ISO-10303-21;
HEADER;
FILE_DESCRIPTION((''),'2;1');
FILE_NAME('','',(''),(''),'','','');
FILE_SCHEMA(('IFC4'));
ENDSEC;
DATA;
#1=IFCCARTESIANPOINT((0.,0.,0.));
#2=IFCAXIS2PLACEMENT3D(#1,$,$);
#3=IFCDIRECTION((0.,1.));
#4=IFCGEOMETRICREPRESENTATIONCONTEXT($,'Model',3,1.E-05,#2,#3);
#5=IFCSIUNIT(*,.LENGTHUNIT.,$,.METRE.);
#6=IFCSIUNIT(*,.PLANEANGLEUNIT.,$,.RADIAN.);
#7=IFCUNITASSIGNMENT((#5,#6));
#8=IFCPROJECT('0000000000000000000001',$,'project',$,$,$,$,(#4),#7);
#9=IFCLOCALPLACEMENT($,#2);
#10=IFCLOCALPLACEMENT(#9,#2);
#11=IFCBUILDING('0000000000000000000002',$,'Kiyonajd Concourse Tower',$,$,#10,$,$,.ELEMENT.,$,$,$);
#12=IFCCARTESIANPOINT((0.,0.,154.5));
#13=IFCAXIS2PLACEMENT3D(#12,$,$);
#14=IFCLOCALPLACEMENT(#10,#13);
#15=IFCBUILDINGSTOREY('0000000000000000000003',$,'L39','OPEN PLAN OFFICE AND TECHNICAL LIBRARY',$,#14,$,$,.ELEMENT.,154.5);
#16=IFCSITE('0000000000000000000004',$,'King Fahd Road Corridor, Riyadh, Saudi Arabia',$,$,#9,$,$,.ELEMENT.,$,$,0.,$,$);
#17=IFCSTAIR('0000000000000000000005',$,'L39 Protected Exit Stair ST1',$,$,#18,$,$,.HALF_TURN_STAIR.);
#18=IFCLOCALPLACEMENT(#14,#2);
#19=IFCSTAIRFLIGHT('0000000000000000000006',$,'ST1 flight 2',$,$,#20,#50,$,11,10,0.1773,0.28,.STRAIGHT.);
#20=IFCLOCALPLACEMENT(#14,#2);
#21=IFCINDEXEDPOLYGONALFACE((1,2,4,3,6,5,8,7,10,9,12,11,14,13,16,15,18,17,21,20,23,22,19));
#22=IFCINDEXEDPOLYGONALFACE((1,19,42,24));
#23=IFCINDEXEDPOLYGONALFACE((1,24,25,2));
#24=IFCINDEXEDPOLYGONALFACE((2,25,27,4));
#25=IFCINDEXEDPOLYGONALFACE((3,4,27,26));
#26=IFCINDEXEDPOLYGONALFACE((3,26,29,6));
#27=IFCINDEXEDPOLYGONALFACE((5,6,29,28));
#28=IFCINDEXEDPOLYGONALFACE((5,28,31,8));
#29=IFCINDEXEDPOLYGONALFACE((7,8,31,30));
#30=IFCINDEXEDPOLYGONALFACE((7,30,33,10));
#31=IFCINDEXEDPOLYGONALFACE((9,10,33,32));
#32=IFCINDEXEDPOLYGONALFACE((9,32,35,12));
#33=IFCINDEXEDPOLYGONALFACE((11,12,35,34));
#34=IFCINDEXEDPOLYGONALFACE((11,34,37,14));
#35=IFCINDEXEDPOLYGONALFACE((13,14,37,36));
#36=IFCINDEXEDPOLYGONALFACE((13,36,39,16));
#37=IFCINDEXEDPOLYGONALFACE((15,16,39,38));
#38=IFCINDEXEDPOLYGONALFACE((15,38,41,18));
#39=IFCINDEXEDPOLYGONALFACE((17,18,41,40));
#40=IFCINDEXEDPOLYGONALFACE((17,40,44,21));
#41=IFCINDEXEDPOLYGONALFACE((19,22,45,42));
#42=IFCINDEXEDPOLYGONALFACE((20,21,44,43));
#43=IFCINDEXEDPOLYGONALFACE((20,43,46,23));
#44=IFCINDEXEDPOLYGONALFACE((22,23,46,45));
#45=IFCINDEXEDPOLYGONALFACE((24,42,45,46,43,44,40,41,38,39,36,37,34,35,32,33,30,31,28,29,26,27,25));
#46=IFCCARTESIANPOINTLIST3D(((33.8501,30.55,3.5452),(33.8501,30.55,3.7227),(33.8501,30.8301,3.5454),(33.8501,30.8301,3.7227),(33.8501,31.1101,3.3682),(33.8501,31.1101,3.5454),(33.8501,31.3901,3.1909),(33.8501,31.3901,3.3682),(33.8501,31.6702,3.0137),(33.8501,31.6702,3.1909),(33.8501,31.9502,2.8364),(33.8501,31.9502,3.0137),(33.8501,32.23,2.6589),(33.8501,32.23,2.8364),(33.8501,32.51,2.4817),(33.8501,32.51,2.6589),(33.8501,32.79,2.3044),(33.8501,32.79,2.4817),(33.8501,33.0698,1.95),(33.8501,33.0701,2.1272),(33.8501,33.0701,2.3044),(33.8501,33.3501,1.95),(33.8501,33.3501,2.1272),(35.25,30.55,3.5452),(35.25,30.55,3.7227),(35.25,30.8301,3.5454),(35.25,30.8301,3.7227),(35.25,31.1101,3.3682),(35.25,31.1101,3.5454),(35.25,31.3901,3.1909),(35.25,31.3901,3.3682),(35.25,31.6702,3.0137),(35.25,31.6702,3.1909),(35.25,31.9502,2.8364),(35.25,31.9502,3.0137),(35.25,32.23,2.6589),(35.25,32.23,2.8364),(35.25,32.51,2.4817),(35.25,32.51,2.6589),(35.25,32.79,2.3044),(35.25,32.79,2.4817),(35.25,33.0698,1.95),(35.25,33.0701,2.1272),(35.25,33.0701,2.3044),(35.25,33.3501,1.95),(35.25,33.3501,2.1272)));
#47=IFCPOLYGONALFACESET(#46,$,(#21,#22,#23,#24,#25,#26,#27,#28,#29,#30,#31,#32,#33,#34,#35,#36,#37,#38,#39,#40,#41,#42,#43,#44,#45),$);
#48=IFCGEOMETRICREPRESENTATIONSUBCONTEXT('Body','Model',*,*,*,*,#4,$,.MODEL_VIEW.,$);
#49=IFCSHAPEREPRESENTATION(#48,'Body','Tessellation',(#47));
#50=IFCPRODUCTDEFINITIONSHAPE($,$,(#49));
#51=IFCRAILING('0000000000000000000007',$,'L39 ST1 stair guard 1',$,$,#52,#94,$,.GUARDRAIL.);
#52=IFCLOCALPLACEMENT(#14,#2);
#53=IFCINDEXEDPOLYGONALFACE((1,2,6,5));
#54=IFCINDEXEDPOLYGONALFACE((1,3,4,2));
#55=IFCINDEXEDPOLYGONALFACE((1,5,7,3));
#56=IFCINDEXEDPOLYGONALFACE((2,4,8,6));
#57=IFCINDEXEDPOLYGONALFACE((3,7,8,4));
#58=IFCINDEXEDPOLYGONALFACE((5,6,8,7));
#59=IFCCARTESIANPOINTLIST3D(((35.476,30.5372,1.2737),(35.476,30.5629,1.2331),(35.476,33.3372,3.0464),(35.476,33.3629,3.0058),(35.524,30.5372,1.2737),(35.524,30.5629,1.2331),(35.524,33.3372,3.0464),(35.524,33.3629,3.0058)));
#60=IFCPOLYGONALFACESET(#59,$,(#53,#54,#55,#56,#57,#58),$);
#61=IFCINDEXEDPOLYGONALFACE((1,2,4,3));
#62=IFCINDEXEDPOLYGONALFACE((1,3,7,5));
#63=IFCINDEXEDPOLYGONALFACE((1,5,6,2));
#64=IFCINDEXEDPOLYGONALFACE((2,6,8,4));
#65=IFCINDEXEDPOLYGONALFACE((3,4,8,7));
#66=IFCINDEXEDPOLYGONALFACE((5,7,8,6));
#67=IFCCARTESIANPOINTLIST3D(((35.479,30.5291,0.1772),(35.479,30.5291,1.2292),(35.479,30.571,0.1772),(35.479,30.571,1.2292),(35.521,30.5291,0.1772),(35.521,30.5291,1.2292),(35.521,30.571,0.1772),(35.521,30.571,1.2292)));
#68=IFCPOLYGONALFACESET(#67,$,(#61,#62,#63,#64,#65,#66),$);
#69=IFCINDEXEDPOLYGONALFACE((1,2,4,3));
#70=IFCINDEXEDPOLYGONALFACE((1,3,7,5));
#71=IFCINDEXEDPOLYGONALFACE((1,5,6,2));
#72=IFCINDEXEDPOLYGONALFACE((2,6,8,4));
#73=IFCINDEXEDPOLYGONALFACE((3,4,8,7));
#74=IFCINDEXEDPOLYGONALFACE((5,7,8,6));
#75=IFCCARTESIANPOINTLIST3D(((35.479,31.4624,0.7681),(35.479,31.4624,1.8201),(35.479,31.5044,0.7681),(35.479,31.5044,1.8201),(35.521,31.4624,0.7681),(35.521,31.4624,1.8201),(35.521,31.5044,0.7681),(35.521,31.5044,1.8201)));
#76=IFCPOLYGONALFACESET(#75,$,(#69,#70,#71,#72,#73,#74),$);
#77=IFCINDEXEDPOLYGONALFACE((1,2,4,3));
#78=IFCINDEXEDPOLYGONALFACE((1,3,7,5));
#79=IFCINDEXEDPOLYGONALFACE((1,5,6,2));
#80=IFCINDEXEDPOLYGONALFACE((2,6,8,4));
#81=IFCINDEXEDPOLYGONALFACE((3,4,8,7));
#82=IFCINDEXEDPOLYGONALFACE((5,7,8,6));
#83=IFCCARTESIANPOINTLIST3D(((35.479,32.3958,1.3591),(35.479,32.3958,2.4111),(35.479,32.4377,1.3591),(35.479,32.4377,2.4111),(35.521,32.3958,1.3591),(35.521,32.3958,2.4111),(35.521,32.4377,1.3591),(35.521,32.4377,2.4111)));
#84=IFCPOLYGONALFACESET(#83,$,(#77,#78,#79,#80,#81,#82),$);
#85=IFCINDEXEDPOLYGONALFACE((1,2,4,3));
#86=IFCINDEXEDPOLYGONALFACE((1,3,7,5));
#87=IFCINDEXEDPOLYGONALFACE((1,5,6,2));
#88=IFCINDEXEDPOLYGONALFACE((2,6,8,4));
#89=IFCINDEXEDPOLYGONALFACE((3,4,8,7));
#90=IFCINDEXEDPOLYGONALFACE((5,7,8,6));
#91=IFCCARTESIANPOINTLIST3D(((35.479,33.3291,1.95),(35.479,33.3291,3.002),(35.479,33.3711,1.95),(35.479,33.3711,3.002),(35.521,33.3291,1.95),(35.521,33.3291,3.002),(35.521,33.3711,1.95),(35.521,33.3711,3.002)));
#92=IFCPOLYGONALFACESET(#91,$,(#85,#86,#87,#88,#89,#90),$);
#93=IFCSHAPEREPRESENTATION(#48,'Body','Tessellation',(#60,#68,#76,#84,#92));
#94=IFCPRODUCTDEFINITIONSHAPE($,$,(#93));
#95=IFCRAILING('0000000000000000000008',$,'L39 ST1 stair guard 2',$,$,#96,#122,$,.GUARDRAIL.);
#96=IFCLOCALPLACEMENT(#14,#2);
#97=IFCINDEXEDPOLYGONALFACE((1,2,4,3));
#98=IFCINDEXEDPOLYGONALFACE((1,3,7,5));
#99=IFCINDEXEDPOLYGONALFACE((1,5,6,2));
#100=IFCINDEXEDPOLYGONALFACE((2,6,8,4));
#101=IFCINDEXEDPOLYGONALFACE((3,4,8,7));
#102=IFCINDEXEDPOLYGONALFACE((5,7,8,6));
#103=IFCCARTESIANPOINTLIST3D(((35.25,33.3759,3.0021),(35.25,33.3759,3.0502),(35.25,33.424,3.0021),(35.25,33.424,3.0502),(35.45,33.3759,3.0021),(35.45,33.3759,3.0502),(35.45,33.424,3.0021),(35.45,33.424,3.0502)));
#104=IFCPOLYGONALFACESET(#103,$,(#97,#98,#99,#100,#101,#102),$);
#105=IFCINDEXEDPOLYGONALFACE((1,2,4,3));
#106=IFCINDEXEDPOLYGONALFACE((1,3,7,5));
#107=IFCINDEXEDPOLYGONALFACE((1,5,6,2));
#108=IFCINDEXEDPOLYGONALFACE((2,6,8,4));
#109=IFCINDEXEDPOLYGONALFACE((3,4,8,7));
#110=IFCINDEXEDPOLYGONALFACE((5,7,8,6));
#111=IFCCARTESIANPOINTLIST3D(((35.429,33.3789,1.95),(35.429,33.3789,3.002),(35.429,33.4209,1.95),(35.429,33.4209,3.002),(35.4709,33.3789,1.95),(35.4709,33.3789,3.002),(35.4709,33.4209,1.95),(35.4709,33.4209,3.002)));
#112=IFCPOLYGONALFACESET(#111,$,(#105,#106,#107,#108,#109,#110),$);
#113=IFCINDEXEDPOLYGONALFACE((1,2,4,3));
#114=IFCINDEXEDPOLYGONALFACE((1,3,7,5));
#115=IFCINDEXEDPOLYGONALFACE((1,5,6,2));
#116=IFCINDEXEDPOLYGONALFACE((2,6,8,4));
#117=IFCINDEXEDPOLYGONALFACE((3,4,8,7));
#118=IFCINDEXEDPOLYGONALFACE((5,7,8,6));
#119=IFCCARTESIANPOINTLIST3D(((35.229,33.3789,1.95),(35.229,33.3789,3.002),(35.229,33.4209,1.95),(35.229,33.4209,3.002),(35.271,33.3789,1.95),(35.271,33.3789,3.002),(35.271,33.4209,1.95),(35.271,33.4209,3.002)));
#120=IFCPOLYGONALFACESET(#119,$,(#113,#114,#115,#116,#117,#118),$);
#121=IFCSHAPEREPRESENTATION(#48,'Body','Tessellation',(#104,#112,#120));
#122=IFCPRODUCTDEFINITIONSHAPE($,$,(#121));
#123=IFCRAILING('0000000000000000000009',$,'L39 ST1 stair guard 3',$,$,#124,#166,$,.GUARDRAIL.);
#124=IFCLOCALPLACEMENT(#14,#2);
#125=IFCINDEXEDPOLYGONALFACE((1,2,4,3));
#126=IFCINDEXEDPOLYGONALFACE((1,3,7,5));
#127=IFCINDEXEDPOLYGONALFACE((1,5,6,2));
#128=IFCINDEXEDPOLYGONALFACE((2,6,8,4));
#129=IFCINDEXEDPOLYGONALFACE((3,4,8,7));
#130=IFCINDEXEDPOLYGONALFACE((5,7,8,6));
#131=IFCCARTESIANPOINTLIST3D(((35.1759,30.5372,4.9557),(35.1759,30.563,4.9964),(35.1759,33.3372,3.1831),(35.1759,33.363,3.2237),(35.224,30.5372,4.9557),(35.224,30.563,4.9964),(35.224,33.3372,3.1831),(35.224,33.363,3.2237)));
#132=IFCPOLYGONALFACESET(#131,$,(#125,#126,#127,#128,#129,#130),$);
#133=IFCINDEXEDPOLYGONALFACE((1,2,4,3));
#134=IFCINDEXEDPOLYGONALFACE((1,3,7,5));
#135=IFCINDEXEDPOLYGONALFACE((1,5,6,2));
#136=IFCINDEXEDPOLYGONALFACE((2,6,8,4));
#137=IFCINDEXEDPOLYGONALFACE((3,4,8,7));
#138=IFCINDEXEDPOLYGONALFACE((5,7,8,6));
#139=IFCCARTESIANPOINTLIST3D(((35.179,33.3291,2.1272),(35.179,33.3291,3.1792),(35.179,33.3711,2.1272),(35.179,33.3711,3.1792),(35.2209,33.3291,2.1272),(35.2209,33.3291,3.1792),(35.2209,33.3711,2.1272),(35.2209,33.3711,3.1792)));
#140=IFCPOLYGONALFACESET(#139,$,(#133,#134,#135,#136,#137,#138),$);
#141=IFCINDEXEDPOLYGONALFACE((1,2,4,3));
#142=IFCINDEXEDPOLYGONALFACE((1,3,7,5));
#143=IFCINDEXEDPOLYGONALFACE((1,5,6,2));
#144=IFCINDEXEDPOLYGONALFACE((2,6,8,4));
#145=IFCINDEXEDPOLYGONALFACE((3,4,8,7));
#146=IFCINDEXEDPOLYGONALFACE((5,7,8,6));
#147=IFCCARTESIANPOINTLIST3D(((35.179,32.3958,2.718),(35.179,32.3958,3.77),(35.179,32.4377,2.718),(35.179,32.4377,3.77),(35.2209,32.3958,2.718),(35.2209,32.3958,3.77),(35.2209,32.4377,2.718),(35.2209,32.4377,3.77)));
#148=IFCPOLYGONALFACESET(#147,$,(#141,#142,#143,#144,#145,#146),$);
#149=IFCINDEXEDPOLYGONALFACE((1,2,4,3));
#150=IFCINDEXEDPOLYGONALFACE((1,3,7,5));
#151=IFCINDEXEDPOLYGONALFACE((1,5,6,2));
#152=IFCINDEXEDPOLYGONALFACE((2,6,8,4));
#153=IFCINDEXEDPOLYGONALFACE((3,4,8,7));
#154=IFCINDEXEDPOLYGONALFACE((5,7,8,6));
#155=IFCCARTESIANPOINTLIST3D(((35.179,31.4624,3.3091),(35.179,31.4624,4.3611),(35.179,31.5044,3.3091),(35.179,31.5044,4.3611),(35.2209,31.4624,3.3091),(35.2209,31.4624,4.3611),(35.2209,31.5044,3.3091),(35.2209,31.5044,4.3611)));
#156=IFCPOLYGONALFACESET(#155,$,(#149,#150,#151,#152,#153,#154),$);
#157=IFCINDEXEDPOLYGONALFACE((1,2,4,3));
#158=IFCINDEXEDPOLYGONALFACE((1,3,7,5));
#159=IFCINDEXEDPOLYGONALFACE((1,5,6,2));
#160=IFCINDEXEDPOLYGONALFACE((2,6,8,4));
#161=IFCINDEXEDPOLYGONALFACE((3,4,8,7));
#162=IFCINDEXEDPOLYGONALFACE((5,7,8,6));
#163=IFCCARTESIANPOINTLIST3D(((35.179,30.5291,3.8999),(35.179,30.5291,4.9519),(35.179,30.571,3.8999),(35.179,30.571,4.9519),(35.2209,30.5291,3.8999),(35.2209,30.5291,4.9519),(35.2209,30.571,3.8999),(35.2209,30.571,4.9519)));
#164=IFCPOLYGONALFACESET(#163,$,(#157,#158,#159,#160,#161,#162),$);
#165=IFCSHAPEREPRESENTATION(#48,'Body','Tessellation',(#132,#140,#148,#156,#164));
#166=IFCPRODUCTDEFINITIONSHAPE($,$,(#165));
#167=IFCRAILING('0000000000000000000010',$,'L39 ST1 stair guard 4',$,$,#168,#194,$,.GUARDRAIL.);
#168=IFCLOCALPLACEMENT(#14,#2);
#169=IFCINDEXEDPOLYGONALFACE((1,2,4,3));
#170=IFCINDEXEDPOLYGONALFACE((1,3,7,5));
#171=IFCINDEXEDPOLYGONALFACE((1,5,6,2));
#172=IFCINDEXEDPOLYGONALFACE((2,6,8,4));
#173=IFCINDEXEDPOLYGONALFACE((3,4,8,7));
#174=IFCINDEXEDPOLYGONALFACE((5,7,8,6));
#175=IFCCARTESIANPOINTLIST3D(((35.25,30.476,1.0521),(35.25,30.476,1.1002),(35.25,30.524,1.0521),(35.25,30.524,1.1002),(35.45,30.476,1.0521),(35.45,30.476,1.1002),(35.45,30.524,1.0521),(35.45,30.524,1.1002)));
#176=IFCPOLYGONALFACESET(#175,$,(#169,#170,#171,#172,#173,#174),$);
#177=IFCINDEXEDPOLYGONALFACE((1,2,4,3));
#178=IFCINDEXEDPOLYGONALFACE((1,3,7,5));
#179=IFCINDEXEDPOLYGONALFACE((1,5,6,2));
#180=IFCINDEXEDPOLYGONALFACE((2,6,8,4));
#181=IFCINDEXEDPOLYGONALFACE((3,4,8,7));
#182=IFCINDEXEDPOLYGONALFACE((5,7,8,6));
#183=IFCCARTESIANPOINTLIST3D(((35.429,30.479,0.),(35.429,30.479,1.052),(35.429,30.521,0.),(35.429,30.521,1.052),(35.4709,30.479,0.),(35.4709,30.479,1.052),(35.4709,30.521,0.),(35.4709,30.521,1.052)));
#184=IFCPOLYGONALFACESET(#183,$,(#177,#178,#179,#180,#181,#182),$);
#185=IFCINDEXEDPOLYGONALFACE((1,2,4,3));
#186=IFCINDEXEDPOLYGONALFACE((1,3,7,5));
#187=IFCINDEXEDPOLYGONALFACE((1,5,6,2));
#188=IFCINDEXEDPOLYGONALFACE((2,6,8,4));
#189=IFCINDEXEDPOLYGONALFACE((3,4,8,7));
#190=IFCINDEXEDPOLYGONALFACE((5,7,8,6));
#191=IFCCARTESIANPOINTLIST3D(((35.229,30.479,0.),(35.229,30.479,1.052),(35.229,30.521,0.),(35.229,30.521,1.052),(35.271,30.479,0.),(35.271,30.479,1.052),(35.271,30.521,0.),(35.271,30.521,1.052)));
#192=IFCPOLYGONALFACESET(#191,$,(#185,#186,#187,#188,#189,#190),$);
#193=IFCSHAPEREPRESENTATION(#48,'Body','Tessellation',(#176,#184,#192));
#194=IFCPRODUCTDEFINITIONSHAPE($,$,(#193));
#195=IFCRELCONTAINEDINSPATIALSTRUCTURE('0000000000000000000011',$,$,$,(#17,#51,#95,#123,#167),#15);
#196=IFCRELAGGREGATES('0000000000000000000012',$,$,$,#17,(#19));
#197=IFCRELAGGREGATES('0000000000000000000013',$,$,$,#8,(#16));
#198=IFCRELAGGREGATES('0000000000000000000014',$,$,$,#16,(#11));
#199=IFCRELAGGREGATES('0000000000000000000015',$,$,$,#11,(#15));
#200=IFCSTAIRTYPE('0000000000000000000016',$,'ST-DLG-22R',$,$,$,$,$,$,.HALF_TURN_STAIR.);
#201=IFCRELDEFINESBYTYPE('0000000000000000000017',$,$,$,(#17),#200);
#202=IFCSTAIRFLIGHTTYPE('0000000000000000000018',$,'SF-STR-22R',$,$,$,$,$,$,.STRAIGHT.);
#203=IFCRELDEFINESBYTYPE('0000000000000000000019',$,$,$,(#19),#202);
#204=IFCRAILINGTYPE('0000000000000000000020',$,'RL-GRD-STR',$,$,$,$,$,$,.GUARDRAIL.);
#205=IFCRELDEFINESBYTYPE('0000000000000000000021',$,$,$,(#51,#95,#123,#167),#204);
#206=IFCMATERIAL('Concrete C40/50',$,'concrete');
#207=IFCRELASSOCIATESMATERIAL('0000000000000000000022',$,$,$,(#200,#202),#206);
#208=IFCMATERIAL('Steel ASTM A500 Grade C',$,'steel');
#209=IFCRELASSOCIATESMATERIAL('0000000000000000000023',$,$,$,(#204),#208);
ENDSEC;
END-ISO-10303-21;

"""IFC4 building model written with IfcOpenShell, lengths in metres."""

from ifc_helpers import new_model, si_unit, direction, frame, origin, origin_2d, place, context, subcontext, project, spatial, polyline, rectangle, outline, extrude, material, type_object, element, aggregate, save


model = new_model("IFC4")

# Units and contexts
model_context = context("Model", 3, precision=1e-05, world=origin(), true_north=direction((0.0, 1.0)))
body_context = subcontext(model_context, "Body", "Model", "MODEL_VIEW")
ifc_project = project(units=[si_unit("LENGTHUNIT", "METRE"), si_unit("PLANEANGLEUNIT", "RADIAN")], contexts=[model_context])

# Site, building, storey
site_placement = place(None, origin())
site = spatial("IfcSite", under=ifc_project, at=site_placement, Name="King Fahd Road Corridor, Riyadh, Saudi Arabia", CompositionType="ELEMENT", RefElevation=0.0)
building_placement = place(site_placement, origin())
building = spatial("IfcBuilding", under=site, at=building_placement, Name="Kiyonajd Concourse Tower", CompositionType="ELEMENT")
storey_placement = place(building_placement, frame((0.0, 0.0, 154.5)))
storey = spatial("IfcBuildingStorey", under=building, at=storey_placement, Name="L39", Description="OPEN PLAN OFFICE AND TECHNICAL LIBRARY", CompositionType="ELEMENT", Elevation=154.5)

# Stair, stair flight
ifc_material_1 = material(Name="Concrete C40/50", Category="concrete")
stair_type = type_object("IfcStairType", Name="ST-DLG-22R", PredefinedType="HALF_TURN_STAIR", material=ifc_material_1)
stair_placement = place(storey_placement, origin())
stair = element("IfcStair", 1, at=stair_placement, inside=storey, type_object=stair_type, Name="L39 Protected Exit Stair ST1", PredefinedType="HALF_TURN_STAIR")
stair_flight_type = type_object("IfcStairFlightType", Name="SF-STR-22R", PredefinedType="STRAIGHT", material=ifc_material_1)
stair_flight_1_placement = place(storey_placement, frame((34.55, 33.3501, 1.95), z_axis=(0.0, 0.0, 1.0), x_axis=(0.0, -1.0, 0.0)))
stair_flight_1 = element("IfcStairFlight", 2, at=stair_flight_1_placement, type_object=stair_flight_type, Name="ST1 flight 2", NumberOfRisers=11, NumberOfTreads=10, PredefinedType="STRAIGHT", RiserHeight=0.1773, TreadLength=0.28, context=body_context, shape_type="SweptSolid", body=[
    extrude(outline(polyline([(0.0, 0.0), (0.0, 0.1772), (0.28, 0.1772), (0.28, 0.3545), (0.5601, 0.3545), (0.5601, 0.5317), (0.8401, 0.5317), (0.8401, 0.709), (1.1201, 0.709), (1.1201, 0.8865), (1.3999, 0.8865), (1.3999, 1.0637), (1.6799, 1.0637), (1.6799, 1.241), (1.96, 1.241), (1.96, 1.4182), (2.24, 1.4182), (2.24, 1.5955), (2.52, 1.5955), (2.52, 1.7727), (2.8, 1.7727), (2.8, 1.95), (2.8, 1.5952), (0.2803, 0.0), (0.0, 0.0)])), frame((0.0, 0.7, 0.0), z_axis=(0.0, -1.0, 0.0), x_axis=(1.0, 0.0, 0.0)), (0.0, 0.0, 1.0), 1.3999),
])
aggregate(stair, [stair_flight_1])

# Railings
ifc_material_2 = material(Name="Steel ASTM A500 Grade C", Category="steel")
railing_type_1 = type_object("IfcRailingType", Name="RL-GRD-STR", PredefinedType="GUARDRAIL", material=ifc_material_2)
railing_1_placement = place(storey_placement, frame((35.5, 30.55, 0.1772)))
element("IfcRailing", 3, at=railing_1_placement, inside=storey, type_object=railing_type_1, Name="L39 ST1 stair guard 1", PredefinedType="GUARDRAIL", context=body_context, shape_type="SweptSolid", body=[
    extrude(rectangle(XDim=0.0481, YDim=0.0481, at=origin_2d()), frame((0.0, 0.0, 1.0762), z_axis=(0.0, 0.844909, 0.53491), x_axis=(-1.0, 0.0, 0.0)), (0.0, 0.0, 1.0), 3.314),
    extrude(rectangle(XDim=0.042, YDim=0.042, at=origin_2d()), origin(), (0.0, 0.0, 1.0), 1.052),
    extrude(rectangle(XDim=0.042, YDim=0.042, at=origin_2d()), frame((0.0, 0.9333, 0.5908)), (0.0, 0.0, 1.0), 1.052),
    extrude(rectangle(XDim=0.042, YDim=0.042, at=origin_2d()), frame((0.0, 1.8667, 1.1819)), (0.0, 0.0, 1.0), 1.052),
    extrude(rectangle(XDim=0.042, YDim=0.042, at=origin_2d()), frame((0.0, 2.8, 1.7727)), (0.0, 0.0, 1.0), 1.052),
])
railing_2_placement = place(storey_placement, frame((35.45, 33.3999, 1.95)))
element("IfcRailing", 4, at=railing_2_placement, inside=storey, type_object=railing_type_1, Name="L39 ST1 stair guard 2", PredefinedType="GUARDRAIL", context=body_context, shape_type="SweptSolid", body=[
    extrude(rectangle(XDim=0.0481, YDim=0.0481, at=origin_2d()), frame((0.0, 0.0, 1.0762), z_axis=(-1.0, 0.0, 0.0), x_axis=(0.0, -1.0, 0.0)), (0.0, 0.0, 1.0), 0.2),
    extrude(rectangle(XDim=0.042, YDim=0.042, at=origin_2d()), origin(), (0.0, 0.0, 1.0), 1.052),
    extrude(rectangle(XDim=0.042, YDim=0.042, at=origin_2d()), frame((-0.2, 0.0, 0.0)), (0.0, 0.0, 1.0), 1.052),
])
railing_3_placement = place(storey_placement, frame((35.2, 33.3501, 2.1272)))
element("IfcRailing", 5, at=railing_3_placement, inside=storey, type_object=railing_type_1, Name="L39 ST1 stair guard 3", PredefinedType="GUARDRAIL", context=body_context, shape_type="SweptSolid", body=[
    extrude(rectangle(XDim=0.0481, YDim=0.0481, at=origin_2d()), frame((0.0, 0.0, 1.0762), z_axis=(0.0, -0.844909, 0.53491), x_axis=(1.0, 0.0, 0.0)), (0.0, 0.0, 1.0), 3.314),
    extrude(rectangle(XDim=0.042, YDim=0.042, at=origin_2d()), origin(), (0.0, 0.0, 1.0), 1.052),
    extrude(rectangle(XDim=0.042, YDim=0.042, at=origin_2d()), frame((0.0, -0.9333, 0.5908)), (0.0, 0.0, 1.0), 1.052),
    extrude(rectangle(XDim=0.042, YDim=0.042, at=origin_2d()), frame((0.0, -1.8667, 1.1819)), (0.0, 0.0, 1.0), 1.052),
    extrude(rectangle(XDim=0.042, YDim=0.042, at=origin_2d()), frame((0.0, -2.8, 1.7727)), (0.0, 0.0, 1.0), 1.052),
])
railing_4_placement = place(storey_placement, frame((35.45, 30.5, 0.0)))
element("IfcRailing", 6, at=railing_4_placement, inside=storey, type_object=railing_type_1, Name="L39 ST1 stair guard 4", PredefinedType="GUARDRAIL", context=body_context, shape_type="SweptSolid", body=[
    extrude(rectangle(XDim=0.0481, YDim=0.0481, at=origin_2d()), frame((0.0, 0.0, 1.0762), z_axis=(-1.0, 0.0, 0.0), x_axis=(0.0, -1.0, 0.0)), (0.0, 0.0, 1.0), 0.2),
    extrude(rectangle(XDim=0.042, YDim=0.042, at=origin_2d()), origin(), (0.0, 0.0, 1.0), 1.052),
    extrude(rectangle(XDim=0.042, YDim=0.042, at=origin_2d()), frame((-0.2, 0.0, 0.0)), (0.0, 0.0, 1.0), 1.052),
])

save(model, "model.ifc")
